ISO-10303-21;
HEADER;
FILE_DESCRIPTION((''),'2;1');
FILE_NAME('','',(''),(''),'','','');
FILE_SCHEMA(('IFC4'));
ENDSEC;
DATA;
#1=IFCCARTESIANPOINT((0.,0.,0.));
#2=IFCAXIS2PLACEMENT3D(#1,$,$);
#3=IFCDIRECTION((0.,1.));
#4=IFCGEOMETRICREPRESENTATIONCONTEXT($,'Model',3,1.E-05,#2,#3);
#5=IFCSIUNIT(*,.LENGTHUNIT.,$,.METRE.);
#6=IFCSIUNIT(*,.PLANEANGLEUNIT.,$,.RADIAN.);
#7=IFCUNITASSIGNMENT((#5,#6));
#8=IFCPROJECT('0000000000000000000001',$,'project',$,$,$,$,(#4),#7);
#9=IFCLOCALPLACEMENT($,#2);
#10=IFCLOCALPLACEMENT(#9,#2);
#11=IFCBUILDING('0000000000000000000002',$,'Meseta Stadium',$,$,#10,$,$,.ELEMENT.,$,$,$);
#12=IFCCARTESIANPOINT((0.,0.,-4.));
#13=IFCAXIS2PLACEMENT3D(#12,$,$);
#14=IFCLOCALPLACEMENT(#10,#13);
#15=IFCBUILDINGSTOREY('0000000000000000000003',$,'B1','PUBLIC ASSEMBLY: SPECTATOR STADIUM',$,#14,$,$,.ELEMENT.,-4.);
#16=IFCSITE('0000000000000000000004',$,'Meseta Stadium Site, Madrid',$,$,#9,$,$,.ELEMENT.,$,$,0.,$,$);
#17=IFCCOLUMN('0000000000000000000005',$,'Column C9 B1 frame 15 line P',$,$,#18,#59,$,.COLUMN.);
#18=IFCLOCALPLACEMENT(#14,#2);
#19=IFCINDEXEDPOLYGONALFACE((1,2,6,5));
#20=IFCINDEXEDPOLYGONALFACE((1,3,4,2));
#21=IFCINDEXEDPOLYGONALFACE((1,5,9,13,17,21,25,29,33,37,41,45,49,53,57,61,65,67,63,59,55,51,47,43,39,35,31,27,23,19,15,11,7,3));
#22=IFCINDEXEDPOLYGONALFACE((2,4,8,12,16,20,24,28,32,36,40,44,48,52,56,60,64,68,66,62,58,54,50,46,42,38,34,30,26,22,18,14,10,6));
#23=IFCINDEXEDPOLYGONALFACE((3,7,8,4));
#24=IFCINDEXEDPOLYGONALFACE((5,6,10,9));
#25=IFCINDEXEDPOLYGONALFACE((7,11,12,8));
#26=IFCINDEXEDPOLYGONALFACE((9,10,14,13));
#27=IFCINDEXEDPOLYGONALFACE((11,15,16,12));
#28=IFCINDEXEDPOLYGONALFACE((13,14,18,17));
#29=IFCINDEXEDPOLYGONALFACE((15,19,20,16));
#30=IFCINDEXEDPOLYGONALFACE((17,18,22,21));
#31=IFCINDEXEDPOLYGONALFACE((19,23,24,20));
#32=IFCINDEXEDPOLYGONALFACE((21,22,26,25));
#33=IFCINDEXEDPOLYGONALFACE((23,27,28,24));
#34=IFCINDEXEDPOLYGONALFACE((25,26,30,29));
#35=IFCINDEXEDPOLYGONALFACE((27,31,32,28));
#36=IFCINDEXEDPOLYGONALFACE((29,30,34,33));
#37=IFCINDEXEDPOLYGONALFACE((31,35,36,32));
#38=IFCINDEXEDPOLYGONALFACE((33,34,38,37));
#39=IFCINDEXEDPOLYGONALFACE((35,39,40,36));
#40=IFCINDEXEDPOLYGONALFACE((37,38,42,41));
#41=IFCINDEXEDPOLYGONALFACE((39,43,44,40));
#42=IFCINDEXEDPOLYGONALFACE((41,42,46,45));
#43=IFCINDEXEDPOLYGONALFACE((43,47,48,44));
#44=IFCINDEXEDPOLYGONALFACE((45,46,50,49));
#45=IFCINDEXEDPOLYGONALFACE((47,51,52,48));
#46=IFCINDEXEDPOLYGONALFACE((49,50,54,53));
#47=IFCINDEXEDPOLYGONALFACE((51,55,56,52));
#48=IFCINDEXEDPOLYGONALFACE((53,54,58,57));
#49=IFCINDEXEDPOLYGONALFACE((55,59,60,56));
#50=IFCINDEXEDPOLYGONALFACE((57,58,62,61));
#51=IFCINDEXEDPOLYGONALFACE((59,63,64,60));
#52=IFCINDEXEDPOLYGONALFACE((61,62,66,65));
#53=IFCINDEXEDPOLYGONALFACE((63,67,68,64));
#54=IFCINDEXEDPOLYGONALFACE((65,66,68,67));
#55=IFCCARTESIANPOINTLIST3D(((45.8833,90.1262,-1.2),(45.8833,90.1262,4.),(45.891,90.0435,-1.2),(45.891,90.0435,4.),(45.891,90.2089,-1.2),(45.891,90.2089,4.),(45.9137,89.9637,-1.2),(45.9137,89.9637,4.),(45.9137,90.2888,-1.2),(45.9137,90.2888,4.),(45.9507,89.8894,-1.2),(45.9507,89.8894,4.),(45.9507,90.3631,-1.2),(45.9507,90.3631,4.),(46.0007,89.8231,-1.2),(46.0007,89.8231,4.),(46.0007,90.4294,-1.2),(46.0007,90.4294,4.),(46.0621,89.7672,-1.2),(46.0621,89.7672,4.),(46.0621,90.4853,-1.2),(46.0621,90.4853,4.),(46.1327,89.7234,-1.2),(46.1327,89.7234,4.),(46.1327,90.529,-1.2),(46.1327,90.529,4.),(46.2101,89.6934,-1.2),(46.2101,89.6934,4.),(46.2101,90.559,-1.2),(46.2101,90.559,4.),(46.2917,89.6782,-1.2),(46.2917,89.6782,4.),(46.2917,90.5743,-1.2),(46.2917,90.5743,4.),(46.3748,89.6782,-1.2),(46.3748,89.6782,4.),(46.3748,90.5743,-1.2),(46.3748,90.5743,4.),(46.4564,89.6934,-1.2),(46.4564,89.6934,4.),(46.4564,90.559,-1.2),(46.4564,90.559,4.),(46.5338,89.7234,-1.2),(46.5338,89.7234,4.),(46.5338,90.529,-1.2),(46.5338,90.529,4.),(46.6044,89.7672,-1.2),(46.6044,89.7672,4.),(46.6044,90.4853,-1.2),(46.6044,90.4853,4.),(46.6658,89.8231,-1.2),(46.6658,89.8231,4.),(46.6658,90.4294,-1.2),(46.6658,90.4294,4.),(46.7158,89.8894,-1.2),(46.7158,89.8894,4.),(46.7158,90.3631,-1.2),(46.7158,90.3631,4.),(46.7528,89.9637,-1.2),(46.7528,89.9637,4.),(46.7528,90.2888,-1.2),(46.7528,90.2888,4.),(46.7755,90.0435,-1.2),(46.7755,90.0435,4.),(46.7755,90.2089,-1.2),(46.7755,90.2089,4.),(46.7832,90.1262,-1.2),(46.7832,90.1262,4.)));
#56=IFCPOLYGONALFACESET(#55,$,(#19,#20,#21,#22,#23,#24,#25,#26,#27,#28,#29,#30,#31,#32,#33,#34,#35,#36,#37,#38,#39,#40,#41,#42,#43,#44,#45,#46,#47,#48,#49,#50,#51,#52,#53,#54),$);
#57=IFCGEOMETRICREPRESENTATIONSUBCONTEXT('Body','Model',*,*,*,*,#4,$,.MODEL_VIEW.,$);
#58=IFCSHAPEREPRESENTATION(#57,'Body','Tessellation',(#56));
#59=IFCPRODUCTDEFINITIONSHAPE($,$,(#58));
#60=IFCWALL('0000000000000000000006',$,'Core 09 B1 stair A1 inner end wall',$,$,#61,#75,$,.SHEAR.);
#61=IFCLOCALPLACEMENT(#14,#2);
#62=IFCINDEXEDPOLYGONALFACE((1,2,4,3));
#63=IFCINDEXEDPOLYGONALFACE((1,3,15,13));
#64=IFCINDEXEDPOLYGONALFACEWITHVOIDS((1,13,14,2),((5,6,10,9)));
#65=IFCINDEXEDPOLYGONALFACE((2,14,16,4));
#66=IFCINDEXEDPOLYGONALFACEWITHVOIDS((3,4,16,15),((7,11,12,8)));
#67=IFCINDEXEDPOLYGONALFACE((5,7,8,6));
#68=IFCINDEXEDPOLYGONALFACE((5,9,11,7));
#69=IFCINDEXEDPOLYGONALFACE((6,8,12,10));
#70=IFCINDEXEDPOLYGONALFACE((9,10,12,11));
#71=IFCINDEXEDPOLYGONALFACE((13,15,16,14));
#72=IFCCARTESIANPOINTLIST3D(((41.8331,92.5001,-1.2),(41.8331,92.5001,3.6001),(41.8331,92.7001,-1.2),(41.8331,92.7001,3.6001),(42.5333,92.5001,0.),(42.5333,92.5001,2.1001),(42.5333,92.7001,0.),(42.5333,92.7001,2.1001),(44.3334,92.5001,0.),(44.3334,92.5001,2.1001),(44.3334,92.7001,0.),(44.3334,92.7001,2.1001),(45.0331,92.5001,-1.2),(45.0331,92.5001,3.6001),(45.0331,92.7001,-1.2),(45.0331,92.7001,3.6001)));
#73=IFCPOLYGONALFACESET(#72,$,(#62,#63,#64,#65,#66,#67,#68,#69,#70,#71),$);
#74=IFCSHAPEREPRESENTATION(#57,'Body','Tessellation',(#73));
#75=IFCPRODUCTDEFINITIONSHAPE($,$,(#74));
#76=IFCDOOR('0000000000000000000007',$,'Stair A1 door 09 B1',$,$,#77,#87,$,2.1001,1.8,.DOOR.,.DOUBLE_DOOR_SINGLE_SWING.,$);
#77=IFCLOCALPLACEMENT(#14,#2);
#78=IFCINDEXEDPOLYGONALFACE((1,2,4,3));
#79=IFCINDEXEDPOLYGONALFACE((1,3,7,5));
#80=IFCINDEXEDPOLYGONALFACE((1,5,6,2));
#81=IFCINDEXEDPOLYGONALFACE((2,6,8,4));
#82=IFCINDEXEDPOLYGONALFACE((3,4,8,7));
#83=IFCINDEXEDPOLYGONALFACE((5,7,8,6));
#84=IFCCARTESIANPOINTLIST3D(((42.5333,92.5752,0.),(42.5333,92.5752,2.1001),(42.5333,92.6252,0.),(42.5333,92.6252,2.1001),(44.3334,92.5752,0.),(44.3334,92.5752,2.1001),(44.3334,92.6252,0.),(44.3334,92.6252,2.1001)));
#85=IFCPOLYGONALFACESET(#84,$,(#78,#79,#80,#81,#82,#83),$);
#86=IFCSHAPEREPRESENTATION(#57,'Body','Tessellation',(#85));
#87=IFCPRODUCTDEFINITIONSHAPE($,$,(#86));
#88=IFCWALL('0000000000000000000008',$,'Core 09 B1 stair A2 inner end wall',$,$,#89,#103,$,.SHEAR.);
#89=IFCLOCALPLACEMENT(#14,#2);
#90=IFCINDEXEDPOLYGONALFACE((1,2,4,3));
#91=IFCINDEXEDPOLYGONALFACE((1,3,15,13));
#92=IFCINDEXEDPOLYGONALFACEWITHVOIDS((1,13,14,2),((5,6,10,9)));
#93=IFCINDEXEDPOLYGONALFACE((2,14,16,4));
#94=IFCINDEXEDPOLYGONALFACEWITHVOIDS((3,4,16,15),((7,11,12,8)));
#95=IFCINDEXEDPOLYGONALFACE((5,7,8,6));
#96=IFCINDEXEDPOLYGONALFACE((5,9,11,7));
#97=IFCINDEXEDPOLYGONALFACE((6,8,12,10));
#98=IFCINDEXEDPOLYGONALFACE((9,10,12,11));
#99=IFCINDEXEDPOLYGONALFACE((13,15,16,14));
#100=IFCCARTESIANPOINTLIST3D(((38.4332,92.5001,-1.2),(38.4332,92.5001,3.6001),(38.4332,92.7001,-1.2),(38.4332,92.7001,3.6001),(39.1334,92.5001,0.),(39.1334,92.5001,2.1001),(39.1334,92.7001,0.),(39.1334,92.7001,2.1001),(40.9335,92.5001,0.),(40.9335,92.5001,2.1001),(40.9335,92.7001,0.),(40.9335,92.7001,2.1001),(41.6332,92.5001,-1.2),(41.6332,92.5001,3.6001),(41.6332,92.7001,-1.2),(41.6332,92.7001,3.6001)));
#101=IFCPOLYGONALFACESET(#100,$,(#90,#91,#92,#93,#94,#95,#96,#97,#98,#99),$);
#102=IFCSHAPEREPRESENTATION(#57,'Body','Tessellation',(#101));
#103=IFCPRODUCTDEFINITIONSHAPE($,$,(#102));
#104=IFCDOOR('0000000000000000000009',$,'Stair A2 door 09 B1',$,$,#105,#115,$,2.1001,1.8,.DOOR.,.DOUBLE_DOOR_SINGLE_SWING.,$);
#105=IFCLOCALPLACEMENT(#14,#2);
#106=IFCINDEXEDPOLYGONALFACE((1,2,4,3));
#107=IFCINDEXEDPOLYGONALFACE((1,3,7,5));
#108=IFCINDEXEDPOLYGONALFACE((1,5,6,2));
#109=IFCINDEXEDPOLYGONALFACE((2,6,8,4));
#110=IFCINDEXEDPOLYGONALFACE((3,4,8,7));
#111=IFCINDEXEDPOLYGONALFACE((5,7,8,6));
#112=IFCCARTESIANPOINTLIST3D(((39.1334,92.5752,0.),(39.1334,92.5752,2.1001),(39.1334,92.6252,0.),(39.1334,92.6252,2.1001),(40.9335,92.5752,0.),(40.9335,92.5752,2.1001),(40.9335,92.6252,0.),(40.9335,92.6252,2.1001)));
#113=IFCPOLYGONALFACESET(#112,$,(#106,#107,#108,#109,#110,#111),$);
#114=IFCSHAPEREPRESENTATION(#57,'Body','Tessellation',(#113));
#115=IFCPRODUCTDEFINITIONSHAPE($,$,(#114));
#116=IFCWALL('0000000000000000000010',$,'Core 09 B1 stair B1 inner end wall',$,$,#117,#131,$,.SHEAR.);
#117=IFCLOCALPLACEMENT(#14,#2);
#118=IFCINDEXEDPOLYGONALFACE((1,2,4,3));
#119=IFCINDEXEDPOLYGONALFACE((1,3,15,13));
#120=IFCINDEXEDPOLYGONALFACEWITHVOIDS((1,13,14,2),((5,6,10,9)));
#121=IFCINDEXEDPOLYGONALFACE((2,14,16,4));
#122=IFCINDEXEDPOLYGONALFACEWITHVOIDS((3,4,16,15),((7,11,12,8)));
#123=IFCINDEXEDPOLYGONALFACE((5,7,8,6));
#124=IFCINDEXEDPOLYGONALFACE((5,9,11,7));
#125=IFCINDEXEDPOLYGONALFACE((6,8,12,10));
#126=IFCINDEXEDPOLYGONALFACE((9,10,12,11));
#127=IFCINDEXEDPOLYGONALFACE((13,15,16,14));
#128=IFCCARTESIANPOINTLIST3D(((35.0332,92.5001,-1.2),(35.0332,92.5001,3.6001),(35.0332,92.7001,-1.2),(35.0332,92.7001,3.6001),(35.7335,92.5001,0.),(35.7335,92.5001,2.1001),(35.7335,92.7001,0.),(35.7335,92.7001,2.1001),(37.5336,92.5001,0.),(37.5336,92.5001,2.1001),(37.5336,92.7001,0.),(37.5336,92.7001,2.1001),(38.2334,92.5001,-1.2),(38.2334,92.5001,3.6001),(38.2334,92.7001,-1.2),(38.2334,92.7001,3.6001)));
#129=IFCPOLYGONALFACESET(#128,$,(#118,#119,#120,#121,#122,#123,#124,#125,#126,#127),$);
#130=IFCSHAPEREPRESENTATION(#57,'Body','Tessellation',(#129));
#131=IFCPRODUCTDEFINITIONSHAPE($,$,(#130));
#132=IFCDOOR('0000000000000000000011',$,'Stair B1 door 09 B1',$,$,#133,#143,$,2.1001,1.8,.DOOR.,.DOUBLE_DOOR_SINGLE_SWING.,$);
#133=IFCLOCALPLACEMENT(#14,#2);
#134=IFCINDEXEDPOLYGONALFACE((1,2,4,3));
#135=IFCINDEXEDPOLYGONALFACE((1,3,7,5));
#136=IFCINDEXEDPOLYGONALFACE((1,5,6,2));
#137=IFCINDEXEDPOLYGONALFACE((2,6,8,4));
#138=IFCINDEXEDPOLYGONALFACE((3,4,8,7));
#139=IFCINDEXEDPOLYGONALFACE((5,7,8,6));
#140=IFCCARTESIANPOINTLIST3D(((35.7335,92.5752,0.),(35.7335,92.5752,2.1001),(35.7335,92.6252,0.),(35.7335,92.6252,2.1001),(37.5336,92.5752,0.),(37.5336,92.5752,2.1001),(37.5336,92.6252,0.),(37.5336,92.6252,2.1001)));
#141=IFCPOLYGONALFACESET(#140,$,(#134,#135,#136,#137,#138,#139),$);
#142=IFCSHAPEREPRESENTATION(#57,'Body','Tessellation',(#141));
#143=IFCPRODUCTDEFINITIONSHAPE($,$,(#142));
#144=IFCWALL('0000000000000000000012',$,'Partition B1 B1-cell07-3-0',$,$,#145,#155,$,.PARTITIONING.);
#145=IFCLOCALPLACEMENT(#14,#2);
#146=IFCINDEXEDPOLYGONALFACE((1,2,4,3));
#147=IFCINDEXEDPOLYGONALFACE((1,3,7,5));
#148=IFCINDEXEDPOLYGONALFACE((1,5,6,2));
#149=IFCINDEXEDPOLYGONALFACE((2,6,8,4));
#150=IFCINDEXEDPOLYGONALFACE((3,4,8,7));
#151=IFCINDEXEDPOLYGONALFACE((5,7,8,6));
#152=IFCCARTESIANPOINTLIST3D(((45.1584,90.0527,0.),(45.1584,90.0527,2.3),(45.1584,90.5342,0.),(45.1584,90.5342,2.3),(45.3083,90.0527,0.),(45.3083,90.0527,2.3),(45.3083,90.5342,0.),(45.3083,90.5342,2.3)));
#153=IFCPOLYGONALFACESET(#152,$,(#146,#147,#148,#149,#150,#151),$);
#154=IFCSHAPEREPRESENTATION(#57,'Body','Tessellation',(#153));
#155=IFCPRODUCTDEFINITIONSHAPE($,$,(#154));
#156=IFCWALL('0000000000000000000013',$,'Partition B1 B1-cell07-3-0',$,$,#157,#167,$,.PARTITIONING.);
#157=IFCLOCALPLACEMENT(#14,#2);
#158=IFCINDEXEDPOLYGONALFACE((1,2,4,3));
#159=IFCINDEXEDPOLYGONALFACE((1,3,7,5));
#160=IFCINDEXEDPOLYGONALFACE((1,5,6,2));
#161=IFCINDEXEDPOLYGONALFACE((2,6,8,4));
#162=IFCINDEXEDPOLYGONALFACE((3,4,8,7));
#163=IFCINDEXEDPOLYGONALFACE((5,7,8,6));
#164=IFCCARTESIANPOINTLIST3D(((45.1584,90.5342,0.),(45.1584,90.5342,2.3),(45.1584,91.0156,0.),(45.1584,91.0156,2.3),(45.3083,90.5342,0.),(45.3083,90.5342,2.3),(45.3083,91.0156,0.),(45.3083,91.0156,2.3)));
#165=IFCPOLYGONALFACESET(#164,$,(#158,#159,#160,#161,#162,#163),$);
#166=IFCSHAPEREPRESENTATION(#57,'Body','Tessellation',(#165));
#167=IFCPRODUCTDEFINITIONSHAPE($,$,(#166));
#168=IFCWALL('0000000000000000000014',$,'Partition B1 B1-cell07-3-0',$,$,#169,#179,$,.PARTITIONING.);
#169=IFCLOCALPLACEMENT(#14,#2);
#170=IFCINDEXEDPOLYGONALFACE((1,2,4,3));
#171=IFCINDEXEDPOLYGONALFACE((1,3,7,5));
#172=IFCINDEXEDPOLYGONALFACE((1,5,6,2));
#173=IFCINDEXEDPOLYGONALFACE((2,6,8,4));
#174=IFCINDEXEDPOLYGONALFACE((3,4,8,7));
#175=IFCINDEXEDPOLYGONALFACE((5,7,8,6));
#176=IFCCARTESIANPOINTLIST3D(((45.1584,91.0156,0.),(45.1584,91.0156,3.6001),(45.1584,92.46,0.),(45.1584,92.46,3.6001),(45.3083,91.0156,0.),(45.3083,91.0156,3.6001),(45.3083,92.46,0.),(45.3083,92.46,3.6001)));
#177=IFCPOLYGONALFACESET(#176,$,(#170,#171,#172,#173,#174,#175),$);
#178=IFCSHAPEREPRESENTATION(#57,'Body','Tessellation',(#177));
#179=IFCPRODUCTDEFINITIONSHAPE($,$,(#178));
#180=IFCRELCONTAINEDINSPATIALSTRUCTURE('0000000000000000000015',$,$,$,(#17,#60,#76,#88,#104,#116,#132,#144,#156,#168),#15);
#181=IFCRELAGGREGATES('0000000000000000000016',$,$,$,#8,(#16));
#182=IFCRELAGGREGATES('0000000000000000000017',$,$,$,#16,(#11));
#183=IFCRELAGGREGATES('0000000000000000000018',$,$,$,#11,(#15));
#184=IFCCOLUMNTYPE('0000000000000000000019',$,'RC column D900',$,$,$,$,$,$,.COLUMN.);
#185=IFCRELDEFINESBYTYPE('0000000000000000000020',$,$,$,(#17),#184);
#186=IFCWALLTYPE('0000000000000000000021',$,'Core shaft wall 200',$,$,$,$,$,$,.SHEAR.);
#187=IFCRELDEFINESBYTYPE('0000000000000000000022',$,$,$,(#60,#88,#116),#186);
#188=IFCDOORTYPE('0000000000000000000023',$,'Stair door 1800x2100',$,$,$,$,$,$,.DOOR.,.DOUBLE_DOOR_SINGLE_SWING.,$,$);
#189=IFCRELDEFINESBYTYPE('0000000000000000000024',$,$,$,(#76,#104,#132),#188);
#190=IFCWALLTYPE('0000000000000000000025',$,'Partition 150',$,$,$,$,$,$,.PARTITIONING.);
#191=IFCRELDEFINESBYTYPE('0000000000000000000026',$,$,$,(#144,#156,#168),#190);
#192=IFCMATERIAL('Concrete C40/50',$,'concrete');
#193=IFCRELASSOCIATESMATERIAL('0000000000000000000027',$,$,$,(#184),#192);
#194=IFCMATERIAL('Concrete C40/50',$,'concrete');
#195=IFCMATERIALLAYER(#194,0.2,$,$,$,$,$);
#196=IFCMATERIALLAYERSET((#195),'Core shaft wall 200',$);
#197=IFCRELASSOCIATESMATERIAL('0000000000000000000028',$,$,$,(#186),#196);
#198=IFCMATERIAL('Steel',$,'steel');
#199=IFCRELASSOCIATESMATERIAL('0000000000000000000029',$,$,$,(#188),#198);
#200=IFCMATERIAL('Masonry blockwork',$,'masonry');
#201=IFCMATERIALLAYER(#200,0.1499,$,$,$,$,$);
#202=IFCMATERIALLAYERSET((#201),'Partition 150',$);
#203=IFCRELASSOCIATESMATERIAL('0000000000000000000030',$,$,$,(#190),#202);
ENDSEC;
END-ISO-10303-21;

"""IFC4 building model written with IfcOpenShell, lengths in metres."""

from ifc_helpers import new_model, si_unit, direction, frame, frame_2d, origin, origin_2d, place, context, subcontext, project, spatial, rectangle, circle, extrude, material, layer, layer_set, material_profile, profile_set, type_object, element, fill, save


model = new_model("IFC4")

# Units and contexts
model_context = context("Model", 3, precision=1e-05, world=origin(), true_north=direction((0.0, 1.0)))
body_context = subcontext(model_context, "Body", "Model", "MODEL_VIEW")
ifc_project = project(units=[si_unit("LENGTHUNIT", "METRE"), si_unit("PLANEANGLEUNIT", "RADIAN")], contexts=[model_context])

# Site, building, storey
site_placement = place(None, origin())
site = spatial("IfcSite", under=ifc_project, at=site_placement, Name="Meseta Stadium Site, Madrid", CompositionType="ELEMENT", RefElevation=0.0)
building_placement = place(site_placement, origin())
building = spatial("IfcBuilding", under=site, at=building_placement, Name="Meseta Stadium", CompositionType="ELEMENT")
storey_placement = place(building_placement, frame((0.0, 0.0, -4.0)))
storey = spatial("IfcBuildingStorey", under=building, at=storey_placement, Name="B1", Description="PUBLIC ASSEMBLY: SPECTATOR STADIUM", CompositionType="ELEMENT", Elevation=-4.0)

# Column
ifc_material_1 = material(Name="Concrete C40/50", Category="concrete")
ifc_material_profile = material_profile(ifc_material_1, circle(Radius=0.45, at=origin_2d()), Name="RC D900")
ifc_profile_set = profile_set([ifc_material_profile], Name="Concrete C40/50")
column_type = type_object("IfcColumnType", Name="RC column D900", PredefinedType="COLUMN", material=ifc_profile_set)
column_placement = place(storey_placement, frame((46.3333, 90.1262, -1.2), z_axis=(0.0, 0.0, 1.0), x_axis=(1.0, 0.0, 0.0)))
element("IfcColumn", 1, at=column_placement, inside=storey, type_object=column_type, Name="Column C9 B1 frame 15 line P", PredefinedType="COLUMN", context=body_context, shape_type="SweptSolid", body=[
    extrude(circle(Radius=0.45, at=origin_2d()), origin(), (0.0, 0.0, 1.0), 5.2),
])

# Walls, openings, doors
ifc_material_2 = material(Name="Concrete C40/50", Category="concrete")
ifc_layer_1 = layer(ifc_material_2, 0.2)
ifc_layer_set_1 = layer_set([ifc_layer_1], Name="Core shaft wall 200")
wall_type_1 = type_object("IfcWallType", Name="Core shaft wall 200", PredefinedType="SHEAR", material=ifc_layer_set_1)
wall_1_placement = place(storey_placement, frame((45.0332, 92.6001, -1.2), z_axis=(0.0, 0.0, 1.0), x_axis=(-1.0, 0.0, 0.0)))
wall_1 = element("IfcWall", 2, at=wall_1_placement, inside=storey, type_object=wall_type_1, Name="Core 09 B1 stair A1 inner end wall", PredefinedType="SHEAR", context=body_context, shape_type="SweptSolid", body=[
    extrude(rectangle(XDim=3.2, YDim=0.2, at=frame_2d((1.6001, 0.0))), origin(), (0.0, 0.0, 1.0), 4.8),
])
opening_1_placement = place(wall_1_placement, frame((0.7, 0.0, 1.2)))
opening_1 = element("IfcOpeningElement", 3, at=opening_1_placement, cuts=wall_1, PredefinedType="OPENING", context=body_context, shape_type="SweptSolid", body=[
    extrude(rectangle(XDim=1.8, YDim=2.1001, at=frame_2d((0.8999, 1.05))), frame((0.0, 0.1099, 0.0), z_axis=(0.0, -1.0, 0.0), x_axis=(1.0, 0.0, 0.0)), (0.0, 0.0, 1.0), 0.22),
])
ifc_material_3 = material(Name="Steel", Category="steel")
door_type = type_object("IfcDoorType", Name="Stair door 1800x2100", OperationType="DOUBLE_DOOR_SINGLE_SWING", PredefinedType="DOOR", material=ifc_material_3)
door_1_placement = place(opening_1_placement, origin())
door_1 = element("IfcDoor", 4, at=door_1_placement, inside=storey, type_object=door_type, Name="Stair A1 door 09 B1", OperationType="DOUBLE_DOOR_SINGLE_SWING", OverallHeight=2.1001, OverallWidth=1.8, PredefinedType="DOOR", context=body_context, shape_type="SweptSolid", body=[
    extrude(rectangle(XDim=1.8, YDim=2.1001, at=frame_2d((0.8999, 1.05))), frame((0.0, 0.0249, 0.0), z_axis=(0.0, -1.0, 0.0), x_axis=(1.0, 0.0, 0.0)), (0.0, 0.0, 1.0), 0.05),
])
fill(opening_1, door_1)
wall_2_placement = place(storey_placement, frame((41.6333, 92.6001, -1.2), z_axis=(0.0, 0.0, 1.0), x_axis=(-1.0, 0.0, 0.0)))
wall_2 = element("IfcWall", 5, at=wall_2_placement, inside=storey, type_object=wall_type_1, Name="Core 09 B1 stair A2 inner end wall", PredefinedType="SHEAR", context=body_context, shape_type="SweptSolid", body=[
    extrude(rectangle(XDim=3.2, YDim=0.2, at=frame_2d((1.6001, 0.0))), origin(), (0.0, 0.0, 1.0), 4.8),
])
opening_2_placement = place(wall_2_placement, frame((0.7, 0.0, 1.2)))
opening_2 = element("IfcOpeningElement", 6, at=opening_2_placement, cuts=wall_2, PredefinedType="OPENING", context=body_context, shape_type="SweptSolid", body=[
    extrude(rectangle(XDim=1.8, YDim=2.1001, at=frame_2d((0.8999, 1.05))), frame((0.0, 0.1099, 0.0), z_axis=(0.0, -1.0, 0.0), x_axis=(1.0, 0.0, 0.0)), (0.0, 0.0, 1.0), 0.22),
])
door_2_placement = place(opening_2_placement, origin())
door_2 = element("IfcDoor", 7, at=door_2_placement, inside=storey, type_object=door_type, Name="Stair A2 door 09 B1", OperationType="DOUBLE_DOOR_SINGLE_SWING", OverallHeight=2.1001, OverallWidth=1.8, PredefinedType="DOOR", context=body_context, shape_type="SweptSolid", body=[
    extrude(rectangle(XDim=1.8, YDim=2.1001, at=frame_2d((0.8999, 1.05))), frame((0.0, 0.0249, 0.0), z_axis=(0.0, -1.0, 0.0), x_axis=(1.0, 0.0, 0.0)), (0.0, 0.0, 1.0), 0.05),
])
fill(opening_2, door_2)
wall_3_placement = place(storey_placement, frame((38.2334, 92.6001, -1.2), z_axis=(0.0, 0.0, 1.0), x_axis=(-1.0, 0.0, 0.0)))
wall_3 = element("IfcWall", 8, at=wall_3_placement, inside=storey, type_object=wall_type_1, Name="Core 09 B1 stair B1 inner end wall", PredefinedType="SHEAR", context=body_context, shape_type="SweptSolid", body=[
    extrude(rectangle(XDim=3.2002, YDim=0.2, at=frame_2d((1.6001, 0.0))), origin(), (0.0, 0.0, 1.0), 4.8),
])
opening_3_placement = place(wall_3_placement, frame((0.7, 0.0, 1.2)))
opening_3 = element("IfcOpeningElement", 9, at=opening_3_placement, cuts=wall_3, PredefinedType="OPENING", context=body_context, shape_type="SweptSolid", body=[
    extrude(rectangle(XDim=1.8, YDim=2.1001, at=frame_2d((0.8999, 1.05))), frame((0.0, 0.1099, 0.0), z_axis=(0.0, -1.0, 0.0), x_axis=(1.0, 0.0, 0.0)), (0.0, 0.0, 1.0), 0.22),
])
door_3_placement = place(opening_3_placement, origin())
door_3 = element("IfcDoor", 10, at=door_3_placement, inside=storey, type_object=door_type, Name="Stair B1 door 09 B1", OperationType="DOUBLE_DOOR_SINGLE_SWING", OverallHeight=2.1001, OverallWidth=1.8, PredefinedType="DOOR", context=body_context, shape_type="SweptSolid", body=[
    extrude(rectangle(XDim=1.8, YDim=2.1001, at=frame_2d((0.8999, 1.05))), frame((0.0, 0.0249, 0.0), z_axis=(0.0, -1.0, 0.0), x_axis=(1.0, 0.0, 0.0)), (0.0, 0.0, 1.0), 0.05),
])
fill(opening_3, door_3)

# Walls
ifc_material_4 = material(Name="Masonry blockwork", Category="masonry")
ifc_layer_2 = layer(ifc_material_4, 0.1499)
ifc_layer_set_2 = layer_set([ifc_layer_2], Name="Partition 150")
wall_type_2 = type_object("IfcWallType", Name="Partition 150", PredefinedType="PARTITIONING", material=ifc_layer_set_2)
for number, where, z_axis, x_axis, name in (
    (11, (45.2334, 90.0527, 0.0), (0.0, 0.0, 1.0), (0.0, 1.0, 0.0), "Partition B1 B1-cell07-3-0"),
    (12, (45.2334, 90.5342, 0.0), (0.0, 0.0, 1.0), (0.0, 1.0, 0.0), "Partition B1 B1-cell07-3-0"),
):
    element("IfcWall", number, at=place(storey_placement, frame(where, z_axis=z_axis, x_axis=x_axis)), inside=storey, type_object=wall_type_2, Name=name, PredefinedType="PARTITIONING", context=body_context, shape_type="SweptSolid", body=[
        extrude(rectangle(XDim=0.4814, YDim=0.1499, at=frame_2d((0.2407, 0.0))), origin(), (0.0, 0.0, 1.0), 2.3),
    ])
wall_4_placement = place(storey_placement, frame((45.2334, 91.0156, 0.0), z_axis=(0.0, 0.0, 1.0), x_axis=(0.0, 1.0, 0.0)))
element("IfcWall", 13, at=wall_4_placement, inside=storey, type_object=wall_type_2, Name="Partition B1 B1-cell07-3-0", PredefinedType="PARTITIONING", context=body_context, shape_type="SweptSolid", body=[
    extrude(rectangle(XDim=1.4443, YDim=0.1499, at=frame_2d((0.7222, 0.0))), origin(), (0.0, 0.0, 1.0), 3.6001),
])

save(model, "model.ifc")
